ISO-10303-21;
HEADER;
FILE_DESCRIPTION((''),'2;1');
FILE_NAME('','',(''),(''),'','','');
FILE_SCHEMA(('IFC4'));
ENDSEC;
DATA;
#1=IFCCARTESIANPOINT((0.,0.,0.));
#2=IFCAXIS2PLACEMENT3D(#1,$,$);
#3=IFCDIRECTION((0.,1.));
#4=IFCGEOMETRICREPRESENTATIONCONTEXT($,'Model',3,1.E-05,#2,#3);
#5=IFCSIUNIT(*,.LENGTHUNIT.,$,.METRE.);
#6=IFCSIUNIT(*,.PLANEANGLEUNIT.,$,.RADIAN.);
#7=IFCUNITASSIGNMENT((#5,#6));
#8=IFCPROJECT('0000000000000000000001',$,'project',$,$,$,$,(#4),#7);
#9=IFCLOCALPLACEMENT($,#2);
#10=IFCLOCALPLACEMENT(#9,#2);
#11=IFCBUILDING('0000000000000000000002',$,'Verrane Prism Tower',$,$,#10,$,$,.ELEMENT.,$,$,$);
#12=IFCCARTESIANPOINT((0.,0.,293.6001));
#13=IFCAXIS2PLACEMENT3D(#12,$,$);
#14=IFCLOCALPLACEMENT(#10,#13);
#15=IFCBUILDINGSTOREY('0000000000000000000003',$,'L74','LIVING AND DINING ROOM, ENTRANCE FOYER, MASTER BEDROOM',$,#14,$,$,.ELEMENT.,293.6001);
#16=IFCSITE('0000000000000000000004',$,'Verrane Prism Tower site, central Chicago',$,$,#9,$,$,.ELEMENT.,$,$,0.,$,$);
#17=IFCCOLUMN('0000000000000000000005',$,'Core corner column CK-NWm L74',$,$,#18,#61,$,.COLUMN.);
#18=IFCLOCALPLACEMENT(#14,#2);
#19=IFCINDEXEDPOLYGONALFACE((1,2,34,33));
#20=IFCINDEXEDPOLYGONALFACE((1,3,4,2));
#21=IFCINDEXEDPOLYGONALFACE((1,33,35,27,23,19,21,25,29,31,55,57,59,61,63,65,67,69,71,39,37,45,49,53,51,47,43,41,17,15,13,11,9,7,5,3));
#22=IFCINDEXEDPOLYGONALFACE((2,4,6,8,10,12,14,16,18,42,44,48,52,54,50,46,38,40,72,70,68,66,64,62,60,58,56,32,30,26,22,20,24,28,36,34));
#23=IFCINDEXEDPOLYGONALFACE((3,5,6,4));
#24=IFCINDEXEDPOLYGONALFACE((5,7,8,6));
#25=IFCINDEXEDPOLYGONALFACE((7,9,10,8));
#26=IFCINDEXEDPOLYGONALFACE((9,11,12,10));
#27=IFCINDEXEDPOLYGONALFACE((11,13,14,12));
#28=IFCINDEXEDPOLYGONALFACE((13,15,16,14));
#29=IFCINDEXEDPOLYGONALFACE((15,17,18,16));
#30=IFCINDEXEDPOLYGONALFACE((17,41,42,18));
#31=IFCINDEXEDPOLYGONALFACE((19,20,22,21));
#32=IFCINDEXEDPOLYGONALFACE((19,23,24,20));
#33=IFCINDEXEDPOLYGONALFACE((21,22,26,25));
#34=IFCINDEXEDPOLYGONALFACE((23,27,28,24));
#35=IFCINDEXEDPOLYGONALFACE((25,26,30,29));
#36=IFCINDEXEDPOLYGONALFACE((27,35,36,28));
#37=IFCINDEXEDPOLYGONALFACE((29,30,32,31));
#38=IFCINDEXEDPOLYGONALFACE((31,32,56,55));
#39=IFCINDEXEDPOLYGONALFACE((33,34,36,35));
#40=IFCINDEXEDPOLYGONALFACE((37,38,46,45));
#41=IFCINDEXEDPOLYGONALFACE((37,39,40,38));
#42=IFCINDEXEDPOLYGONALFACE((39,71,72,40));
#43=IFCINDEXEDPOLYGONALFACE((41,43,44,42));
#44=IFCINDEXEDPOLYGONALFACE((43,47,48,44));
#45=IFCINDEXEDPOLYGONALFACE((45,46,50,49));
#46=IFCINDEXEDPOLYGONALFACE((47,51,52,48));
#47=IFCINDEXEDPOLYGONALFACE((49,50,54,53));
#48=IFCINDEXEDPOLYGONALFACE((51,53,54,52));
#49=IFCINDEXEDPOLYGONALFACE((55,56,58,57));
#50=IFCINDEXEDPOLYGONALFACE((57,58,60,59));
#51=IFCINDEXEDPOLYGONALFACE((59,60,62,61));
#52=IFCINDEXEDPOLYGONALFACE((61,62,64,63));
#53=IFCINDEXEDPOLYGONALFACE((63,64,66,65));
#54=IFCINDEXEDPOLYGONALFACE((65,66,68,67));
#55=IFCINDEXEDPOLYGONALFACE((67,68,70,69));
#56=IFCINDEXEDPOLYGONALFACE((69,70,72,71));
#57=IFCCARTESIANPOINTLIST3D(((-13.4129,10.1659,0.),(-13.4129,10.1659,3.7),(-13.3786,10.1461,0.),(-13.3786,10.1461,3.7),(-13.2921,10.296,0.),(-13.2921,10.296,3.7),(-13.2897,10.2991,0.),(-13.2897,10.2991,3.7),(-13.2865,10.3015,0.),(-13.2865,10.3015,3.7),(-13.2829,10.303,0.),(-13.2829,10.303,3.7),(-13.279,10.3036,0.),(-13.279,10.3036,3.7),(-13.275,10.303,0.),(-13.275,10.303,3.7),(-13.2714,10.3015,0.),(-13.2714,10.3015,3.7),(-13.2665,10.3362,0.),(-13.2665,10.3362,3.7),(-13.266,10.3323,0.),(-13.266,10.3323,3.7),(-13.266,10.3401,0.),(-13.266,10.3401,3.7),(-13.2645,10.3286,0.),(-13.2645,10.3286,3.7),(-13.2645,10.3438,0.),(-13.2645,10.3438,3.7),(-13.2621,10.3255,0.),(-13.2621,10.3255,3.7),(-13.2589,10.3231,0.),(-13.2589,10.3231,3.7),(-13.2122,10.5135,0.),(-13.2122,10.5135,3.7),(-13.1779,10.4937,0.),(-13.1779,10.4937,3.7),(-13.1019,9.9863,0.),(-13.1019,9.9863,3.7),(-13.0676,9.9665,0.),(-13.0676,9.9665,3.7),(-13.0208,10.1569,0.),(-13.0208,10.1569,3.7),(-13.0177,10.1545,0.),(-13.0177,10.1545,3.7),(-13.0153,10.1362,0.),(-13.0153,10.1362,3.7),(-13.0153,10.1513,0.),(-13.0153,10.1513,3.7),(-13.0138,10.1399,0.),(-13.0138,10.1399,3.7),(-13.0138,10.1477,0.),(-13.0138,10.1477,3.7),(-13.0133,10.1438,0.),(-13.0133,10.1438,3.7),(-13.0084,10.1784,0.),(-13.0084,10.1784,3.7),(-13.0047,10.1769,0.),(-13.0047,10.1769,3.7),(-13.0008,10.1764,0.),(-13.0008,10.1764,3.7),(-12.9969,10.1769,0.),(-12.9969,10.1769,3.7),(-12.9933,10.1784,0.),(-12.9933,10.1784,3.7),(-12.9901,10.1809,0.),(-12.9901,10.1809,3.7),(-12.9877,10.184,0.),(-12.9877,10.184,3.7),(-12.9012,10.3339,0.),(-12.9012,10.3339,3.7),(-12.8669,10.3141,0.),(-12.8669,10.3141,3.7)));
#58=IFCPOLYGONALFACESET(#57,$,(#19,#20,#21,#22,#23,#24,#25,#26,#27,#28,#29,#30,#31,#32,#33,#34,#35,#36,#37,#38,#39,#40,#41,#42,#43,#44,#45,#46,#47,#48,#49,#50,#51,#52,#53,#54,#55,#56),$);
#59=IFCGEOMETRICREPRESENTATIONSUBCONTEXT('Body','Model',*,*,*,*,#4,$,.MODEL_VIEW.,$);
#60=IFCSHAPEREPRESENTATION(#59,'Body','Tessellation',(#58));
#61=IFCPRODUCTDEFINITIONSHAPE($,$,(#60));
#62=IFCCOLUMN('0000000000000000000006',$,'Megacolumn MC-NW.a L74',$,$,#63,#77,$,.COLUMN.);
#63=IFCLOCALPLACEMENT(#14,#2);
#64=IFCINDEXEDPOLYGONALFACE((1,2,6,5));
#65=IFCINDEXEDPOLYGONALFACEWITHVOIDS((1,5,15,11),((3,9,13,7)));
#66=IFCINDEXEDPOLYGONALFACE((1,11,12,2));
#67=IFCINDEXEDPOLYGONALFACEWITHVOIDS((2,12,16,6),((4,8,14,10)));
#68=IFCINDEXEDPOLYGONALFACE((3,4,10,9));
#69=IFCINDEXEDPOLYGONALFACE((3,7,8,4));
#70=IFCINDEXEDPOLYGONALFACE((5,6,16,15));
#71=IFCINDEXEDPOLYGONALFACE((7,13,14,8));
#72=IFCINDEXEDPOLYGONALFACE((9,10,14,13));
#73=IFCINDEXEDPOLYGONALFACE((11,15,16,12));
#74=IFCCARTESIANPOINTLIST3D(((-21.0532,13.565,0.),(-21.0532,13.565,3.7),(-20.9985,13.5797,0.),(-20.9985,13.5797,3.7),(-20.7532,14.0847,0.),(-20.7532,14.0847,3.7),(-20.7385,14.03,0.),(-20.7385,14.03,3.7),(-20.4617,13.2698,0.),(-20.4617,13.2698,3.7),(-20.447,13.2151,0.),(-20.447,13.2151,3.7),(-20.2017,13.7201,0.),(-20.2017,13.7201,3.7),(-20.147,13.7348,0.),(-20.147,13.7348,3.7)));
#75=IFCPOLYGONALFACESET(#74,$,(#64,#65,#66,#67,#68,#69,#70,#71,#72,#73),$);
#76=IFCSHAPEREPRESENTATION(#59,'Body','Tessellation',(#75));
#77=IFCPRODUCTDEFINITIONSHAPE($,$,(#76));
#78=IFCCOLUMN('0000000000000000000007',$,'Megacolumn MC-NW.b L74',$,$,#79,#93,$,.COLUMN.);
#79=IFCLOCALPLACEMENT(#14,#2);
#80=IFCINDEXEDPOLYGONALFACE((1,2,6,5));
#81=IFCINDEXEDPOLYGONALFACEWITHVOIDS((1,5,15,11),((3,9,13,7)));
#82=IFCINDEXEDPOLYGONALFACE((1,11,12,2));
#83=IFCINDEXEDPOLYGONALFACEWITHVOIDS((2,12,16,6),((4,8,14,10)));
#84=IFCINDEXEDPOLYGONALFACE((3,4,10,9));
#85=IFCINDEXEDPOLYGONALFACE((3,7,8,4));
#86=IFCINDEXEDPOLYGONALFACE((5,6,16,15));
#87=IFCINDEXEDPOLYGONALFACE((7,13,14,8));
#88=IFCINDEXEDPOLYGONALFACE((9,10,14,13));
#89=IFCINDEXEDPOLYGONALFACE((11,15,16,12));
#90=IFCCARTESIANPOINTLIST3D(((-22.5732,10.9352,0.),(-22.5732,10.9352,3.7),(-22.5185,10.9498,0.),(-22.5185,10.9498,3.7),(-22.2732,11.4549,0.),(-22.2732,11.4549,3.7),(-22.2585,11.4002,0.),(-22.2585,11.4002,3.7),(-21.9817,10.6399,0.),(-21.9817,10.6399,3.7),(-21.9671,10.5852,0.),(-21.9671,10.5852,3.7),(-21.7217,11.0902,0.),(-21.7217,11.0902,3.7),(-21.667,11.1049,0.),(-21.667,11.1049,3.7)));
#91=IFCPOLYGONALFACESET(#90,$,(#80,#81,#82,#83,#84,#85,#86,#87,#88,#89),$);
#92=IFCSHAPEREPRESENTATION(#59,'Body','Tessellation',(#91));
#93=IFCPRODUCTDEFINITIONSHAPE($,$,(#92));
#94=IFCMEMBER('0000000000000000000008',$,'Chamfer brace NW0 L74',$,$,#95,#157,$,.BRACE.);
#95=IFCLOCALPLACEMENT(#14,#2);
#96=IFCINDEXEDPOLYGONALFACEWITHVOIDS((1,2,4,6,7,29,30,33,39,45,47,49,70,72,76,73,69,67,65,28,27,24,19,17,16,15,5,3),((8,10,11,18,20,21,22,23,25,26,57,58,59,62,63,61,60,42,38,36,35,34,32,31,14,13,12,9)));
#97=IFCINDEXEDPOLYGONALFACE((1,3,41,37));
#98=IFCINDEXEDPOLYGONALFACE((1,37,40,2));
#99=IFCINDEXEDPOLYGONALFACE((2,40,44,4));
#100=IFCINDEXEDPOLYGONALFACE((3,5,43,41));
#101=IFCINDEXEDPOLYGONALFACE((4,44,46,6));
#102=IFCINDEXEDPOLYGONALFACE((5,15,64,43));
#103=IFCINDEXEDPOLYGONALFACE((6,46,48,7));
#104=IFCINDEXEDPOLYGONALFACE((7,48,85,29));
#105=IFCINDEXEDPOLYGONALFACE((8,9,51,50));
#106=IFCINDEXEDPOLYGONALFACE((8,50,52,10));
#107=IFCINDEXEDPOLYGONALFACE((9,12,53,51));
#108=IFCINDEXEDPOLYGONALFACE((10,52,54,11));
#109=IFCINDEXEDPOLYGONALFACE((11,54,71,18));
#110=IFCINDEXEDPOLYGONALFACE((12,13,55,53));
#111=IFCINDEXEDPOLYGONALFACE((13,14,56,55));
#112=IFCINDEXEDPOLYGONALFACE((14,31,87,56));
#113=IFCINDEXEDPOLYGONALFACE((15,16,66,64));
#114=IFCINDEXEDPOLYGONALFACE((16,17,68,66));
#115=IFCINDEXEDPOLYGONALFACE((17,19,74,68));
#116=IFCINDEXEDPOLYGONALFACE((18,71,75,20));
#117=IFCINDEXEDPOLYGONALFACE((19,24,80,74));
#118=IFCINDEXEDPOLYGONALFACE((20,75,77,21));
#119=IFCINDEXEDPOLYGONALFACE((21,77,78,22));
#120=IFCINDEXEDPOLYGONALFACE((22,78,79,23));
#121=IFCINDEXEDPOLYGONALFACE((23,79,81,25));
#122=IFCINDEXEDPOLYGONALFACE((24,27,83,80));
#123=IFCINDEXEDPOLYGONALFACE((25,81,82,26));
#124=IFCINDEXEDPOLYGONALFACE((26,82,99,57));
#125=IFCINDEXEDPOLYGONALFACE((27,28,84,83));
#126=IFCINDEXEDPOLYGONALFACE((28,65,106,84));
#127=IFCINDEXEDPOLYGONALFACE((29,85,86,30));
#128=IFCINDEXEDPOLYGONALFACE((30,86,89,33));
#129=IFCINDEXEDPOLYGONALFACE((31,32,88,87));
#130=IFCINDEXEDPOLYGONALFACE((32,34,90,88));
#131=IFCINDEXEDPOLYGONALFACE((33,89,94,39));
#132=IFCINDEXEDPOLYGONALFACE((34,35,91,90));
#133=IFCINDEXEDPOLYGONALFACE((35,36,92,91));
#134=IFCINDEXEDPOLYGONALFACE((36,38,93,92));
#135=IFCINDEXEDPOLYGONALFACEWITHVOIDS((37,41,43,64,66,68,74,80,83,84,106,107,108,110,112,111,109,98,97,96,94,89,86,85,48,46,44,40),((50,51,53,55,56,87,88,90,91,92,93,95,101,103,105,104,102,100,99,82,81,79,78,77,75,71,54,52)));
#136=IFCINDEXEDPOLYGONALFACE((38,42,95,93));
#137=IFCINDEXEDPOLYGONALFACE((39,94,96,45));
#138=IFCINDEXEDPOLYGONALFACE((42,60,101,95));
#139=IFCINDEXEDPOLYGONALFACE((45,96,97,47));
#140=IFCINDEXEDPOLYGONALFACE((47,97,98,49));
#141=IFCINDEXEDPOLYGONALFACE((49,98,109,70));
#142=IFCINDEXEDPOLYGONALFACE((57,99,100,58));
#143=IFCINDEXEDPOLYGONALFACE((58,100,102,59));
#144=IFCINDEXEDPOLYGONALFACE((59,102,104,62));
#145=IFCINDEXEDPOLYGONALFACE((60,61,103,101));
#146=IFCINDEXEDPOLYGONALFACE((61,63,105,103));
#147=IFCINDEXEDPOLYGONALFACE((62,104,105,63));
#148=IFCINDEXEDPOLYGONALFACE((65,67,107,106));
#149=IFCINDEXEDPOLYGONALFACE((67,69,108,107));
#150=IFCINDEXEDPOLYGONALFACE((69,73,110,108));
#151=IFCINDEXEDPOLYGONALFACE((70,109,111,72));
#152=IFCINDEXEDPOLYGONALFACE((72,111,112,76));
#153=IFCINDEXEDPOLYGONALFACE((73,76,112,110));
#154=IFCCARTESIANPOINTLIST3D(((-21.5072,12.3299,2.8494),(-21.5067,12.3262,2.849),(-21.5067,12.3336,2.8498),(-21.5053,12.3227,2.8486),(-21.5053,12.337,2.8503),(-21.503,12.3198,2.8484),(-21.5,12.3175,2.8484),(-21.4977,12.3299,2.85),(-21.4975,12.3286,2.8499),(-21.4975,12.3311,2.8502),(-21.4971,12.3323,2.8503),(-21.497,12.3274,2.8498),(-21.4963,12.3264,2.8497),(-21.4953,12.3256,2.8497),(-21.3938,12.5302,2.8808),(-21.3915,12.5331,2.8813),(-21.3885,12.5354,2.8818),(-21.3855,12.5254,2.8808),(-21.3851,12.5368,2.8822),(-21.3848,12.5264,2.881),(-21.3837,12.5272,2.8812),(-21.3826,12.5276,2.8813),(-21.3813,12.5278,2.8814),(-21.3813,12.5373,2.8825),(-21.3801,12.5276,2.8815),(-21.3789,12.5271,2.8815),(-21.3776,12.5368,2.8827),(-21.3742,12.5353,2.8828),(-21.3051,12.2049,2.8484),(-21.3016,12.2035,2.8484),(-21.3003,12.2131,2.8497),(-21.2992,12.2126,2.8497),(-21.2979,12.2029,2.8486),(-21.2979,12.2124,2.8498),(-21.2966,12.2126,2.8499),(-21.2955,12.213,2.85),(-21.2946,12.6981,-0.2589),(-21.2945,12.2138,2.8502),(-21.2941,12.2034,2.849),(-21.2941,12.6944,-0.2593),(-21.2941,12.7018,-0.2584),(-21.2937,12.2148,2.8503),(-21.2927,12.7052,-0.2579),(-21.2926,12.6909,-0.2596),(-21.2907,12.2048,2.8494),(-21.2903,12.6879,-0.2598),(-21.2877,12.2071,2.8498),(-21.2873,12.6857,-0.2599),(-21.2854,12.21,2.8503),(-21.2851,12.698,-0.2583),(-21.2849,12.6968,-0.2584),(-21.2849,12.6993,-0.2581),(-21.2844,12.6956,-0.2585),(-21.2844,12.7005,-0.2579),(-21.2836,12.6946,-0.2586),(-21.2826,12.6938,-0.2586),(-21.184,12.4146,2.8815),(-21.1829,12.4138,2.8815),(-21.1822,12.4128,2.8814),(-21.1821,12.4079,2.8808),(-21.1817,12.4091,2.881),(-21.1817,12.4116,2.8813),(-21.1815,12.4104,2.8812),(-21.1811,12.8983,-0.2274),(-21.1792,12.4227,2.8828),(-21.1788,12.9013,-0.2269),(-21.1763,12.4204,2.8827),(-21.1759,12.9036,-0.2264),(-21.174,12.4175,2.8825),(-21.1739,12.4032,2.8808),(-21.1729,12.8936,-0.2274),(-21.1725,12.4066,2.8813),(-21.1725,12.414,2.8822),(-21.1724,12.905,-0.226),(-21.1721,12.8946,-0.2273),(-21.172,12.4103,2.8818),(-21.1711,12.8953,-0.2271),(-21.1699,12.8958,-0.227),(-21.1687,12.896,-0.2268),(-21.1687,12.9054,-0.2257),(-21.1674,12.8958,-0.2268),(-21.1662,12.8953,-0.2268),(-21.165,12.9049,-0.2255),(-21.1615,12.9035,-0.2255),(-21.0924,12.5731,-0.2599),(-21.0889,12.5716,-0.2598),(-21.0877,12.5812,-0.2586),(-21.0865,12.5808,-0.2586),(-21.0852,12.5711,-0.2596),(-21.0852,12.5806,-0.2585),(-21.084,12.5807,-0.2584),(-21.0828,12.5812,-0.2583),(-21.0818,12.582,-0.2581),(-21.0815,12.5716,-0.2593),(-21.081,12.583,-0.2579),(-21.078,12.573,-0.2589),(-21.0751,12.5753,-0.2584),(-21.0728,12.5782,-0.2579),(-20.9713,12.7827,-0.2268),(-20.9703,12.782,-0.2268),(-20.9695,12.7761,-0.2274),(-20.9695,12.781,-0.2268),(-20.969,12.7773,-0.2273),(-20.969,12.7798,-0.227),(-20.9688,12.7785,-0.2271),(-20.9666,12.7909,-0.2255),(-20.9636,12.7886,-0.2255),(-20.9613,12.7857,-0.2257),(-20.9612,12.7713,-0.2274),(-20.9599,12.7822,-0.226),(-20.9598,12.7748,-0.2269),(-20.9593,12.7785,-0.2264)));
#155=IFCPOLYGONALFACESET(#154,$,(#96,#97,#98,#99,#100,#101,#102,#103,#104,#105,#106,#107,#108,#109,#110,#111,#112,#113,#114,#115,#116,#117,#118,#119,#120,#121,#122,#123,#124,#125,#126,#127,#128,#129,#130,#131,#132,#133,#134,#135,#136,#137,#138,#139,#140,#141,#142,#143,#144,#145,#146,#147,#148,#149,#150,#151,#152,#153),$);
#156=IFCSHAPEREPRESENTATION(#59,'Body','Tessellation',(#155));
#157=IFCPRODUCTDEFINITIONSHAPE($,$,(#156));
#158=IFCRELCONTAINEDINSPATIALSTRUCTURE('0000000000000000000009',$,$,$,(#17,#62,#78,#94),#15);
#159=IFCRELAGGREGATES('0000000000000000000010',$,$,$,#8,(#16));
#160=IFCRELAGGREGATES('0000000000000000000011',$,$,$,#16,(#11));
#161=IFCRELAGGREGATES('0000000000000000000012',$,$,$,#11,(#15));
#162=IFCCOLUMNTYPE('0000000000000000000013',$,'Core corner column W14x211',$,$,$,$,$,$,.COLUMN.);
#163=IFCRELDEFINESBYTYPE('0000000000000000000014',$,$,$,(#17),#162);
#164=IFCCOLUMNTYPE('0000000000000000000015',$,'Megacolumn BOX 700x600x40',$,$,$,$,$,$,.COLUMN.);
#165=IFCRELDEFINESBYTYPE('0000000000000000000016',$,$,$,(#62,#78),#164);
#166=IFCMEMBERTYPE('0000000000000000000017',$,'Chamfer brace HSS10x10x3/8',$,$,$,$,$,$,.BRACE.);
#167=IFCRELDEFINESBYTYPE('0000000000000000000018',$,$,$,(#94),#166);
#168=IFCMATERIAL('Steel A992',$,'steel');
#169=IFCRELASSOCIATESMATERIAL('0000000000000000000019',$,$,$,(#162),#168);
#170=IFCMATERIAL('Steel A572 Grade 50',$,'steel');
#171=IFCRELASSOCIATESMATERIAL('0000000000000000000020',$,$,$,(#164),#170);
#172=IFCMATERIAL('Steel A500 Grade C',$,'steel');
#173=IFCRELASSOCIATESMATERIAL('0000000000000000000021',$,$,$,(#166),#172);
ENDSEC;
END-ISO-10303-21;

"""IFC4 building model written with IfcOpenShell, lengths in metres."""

from ifc_helpers import new_model, si_unit, direction, frame, origin, origin_2d, place, context, subcontext, project, spatial, hollow_rectangle, i_section, extrude, material, material_profile, profile_set, type_object, element, save


model = new_model("IFC4")

# Units and contexts
model_context = context("Model", 3, precision=1e-05, world=origin(), true_north=direction((0.0, 1.0)))
body_context = subcontext(model_context, "Body", "Model", "MODEL_VIEW")
ifc_project = project(units=[si_unit("LENGTHUNIT", "METRE"), si_unit("PLANEANGLEUNIT", "RADIAN")], contexts=[model_context])

# Site, building, storey
site_placement = place(None, origin())
site = spatial("IfcSite", under=ifc_project, at=site_placement, Name="Verrane Prism Tower site, central Chicago", CompositionType="ELEMENT", RefElevation=0.0)
building_placement = place(site_placement, origin())
building = spatial("IfcBuilding", under=site, at=building_placement, Name="Verrane Prism Tower", CompositionType="ELEMENT")
storey_placement = place(building_placement, frame((0.0, 0.0, 293.6001)))
storey = spatial("IfcBuildingStorey", under=building, at=storey_placement, Name="L74", Description="LIVING AND DINING ROOM, ENTRANCE FOYER, MASTER BEDROOM", CompositionType="ELEMENT", Elevation=293.6001)

# Columns
ifc_material_1 = material(Name="Steel A992", Category="steel")
ifc_material_profile_1 = material_profile(ifc_material_1, i_section(OverallWidth=0.4014, OverallDepth=0.3987, WebThickness=0.0249, FlangeThickness=0.0396, FilletRadius=0.0151, at=origin_2d()), Name="W14x211")
ifc_profile_set_1 = profile_set([ifc_material_profile_1], Name="Steel A992")
column_type_1 = type_object("IfcColumnType", Name="Core corner column W14x211", PredefinedType="COLUMN", material=ifc_profile_set_1)
column_placement = place(storey_placement, frame((-13.1399, 10.24, 0.0), z_axis=(0.0, 0.0, 1.0), x_axis=(0.5, 0.866025, 0.0)))
element("IfcColumn", 1, at=column_placement, inside=storey, type_object=column_type_1, Name="Core corner column CK-NWm L74", PredefinedType="COLUMN", context=body_context, shape_type="SweptSolid", body=[
    extrude(i_section(OverallWidth=0.4014, OverallDepth=0.3987, WebThickness=0.0249, FlangeThickness=0.0396, FilletRadius=0.0151, at=origin_2d()), origin(), (0.0, 0.0, 1.0), 3.7),
])
ifc_material_2 = material(Name="Steel A572 Grade 50", Category="steel")
ifc_material_profile_2 = material_profile(ifc_material_2, hollow_rectangle(XDim=0.6001, YDim=0.7, WallThickness=0.04, at=origin_2d()), Name="BOX 700x600x40")
ifc_profile_set_2 = profile_set([ifc_material_profile_2], Name="Steel A572 Grade 50")
column_type_2 = type_object("IfcColumnType", Name="Megacolumn BOX 700x600x40", PredefinedType="COLUMN", material=ifc_profile_set_2)
for number, where, z_axis, x_axis, name in (
    (2, (-20.6001, 13.6499, 0.0), (0.0, 0.0, 1.0), (0.5, 0.866025, 0.0), "Megacolumn MC-NW.a L74"),
    (3, (-22.1201, 11.02, 0.0), (0.0, 0.0, 1.0), (0.5, 0.866025, 0.0), "Megacolumn MC-NW.b L74"),
):
    element("IfcColumn", number, at=place(storey_placement, frame(where, z_axis=z_axis, x_axis=x_axis)), inside=storey, type_object=column_type_2, Name=name, PredefinedType="COLUMN", context=body_context, shape_type="SweptSolid", body=[
        extrude(hollow_rectangle(XDim=0.6001, YDim=0.7, WallThickness=0.04, at=origin_2d()), origin(), (0.0, 0.0, 1.0), 3.7),
    ])

# Member
ifc_material_3 = material(Name="Steel A500 Grade C", Category="steel")
ifc_material_profile_3 = material_profile(ifc_material_3, hollow_rectangle(XDim=0.2539, YDim=0.2539, WallThickness=0.0095, InnerFilletRadius=0.0049, OuterFilletRadius=0.0144, at=origin_2d()), Name="HSS10x10x3/8")
ifc_profile_set_3 = profile_set([ifc_material_profile_3], Name="Steel A500 Grade C")
member_type_1 = type_object("IfcMemberType", Name="Chamfer brace HSS10x10x3/8", PredefinedType="BRACE", material=ifc_profile_set_3)
member_1_placement = place(storey_placement, frame((-21.127, 12.7383, -0.2427), z_axis=(-0.067784, -0.117358, 0.990774), x_axis=(0.865937, -0.500153, 0.0)))
element("IfcMember", 4, at=member_1_placement, inside=storey, type_object=member_type_1, Name="Chamfer brace NW0 L74", PredefinedType="BRACE", context=body_context, shape_type="SweptSolid", body=[
    extrude(hollow_rectangle(XDim=0.2539, YDim=0.2539, WallThickness=0.0095, InnerFilletRadius=0.0049, OuterFilletRadius=0.0144, at=origin_2d()), origin(), (0.0, 0.0, 1.0), 3.1372),
])

save(model, "model.ifc")
